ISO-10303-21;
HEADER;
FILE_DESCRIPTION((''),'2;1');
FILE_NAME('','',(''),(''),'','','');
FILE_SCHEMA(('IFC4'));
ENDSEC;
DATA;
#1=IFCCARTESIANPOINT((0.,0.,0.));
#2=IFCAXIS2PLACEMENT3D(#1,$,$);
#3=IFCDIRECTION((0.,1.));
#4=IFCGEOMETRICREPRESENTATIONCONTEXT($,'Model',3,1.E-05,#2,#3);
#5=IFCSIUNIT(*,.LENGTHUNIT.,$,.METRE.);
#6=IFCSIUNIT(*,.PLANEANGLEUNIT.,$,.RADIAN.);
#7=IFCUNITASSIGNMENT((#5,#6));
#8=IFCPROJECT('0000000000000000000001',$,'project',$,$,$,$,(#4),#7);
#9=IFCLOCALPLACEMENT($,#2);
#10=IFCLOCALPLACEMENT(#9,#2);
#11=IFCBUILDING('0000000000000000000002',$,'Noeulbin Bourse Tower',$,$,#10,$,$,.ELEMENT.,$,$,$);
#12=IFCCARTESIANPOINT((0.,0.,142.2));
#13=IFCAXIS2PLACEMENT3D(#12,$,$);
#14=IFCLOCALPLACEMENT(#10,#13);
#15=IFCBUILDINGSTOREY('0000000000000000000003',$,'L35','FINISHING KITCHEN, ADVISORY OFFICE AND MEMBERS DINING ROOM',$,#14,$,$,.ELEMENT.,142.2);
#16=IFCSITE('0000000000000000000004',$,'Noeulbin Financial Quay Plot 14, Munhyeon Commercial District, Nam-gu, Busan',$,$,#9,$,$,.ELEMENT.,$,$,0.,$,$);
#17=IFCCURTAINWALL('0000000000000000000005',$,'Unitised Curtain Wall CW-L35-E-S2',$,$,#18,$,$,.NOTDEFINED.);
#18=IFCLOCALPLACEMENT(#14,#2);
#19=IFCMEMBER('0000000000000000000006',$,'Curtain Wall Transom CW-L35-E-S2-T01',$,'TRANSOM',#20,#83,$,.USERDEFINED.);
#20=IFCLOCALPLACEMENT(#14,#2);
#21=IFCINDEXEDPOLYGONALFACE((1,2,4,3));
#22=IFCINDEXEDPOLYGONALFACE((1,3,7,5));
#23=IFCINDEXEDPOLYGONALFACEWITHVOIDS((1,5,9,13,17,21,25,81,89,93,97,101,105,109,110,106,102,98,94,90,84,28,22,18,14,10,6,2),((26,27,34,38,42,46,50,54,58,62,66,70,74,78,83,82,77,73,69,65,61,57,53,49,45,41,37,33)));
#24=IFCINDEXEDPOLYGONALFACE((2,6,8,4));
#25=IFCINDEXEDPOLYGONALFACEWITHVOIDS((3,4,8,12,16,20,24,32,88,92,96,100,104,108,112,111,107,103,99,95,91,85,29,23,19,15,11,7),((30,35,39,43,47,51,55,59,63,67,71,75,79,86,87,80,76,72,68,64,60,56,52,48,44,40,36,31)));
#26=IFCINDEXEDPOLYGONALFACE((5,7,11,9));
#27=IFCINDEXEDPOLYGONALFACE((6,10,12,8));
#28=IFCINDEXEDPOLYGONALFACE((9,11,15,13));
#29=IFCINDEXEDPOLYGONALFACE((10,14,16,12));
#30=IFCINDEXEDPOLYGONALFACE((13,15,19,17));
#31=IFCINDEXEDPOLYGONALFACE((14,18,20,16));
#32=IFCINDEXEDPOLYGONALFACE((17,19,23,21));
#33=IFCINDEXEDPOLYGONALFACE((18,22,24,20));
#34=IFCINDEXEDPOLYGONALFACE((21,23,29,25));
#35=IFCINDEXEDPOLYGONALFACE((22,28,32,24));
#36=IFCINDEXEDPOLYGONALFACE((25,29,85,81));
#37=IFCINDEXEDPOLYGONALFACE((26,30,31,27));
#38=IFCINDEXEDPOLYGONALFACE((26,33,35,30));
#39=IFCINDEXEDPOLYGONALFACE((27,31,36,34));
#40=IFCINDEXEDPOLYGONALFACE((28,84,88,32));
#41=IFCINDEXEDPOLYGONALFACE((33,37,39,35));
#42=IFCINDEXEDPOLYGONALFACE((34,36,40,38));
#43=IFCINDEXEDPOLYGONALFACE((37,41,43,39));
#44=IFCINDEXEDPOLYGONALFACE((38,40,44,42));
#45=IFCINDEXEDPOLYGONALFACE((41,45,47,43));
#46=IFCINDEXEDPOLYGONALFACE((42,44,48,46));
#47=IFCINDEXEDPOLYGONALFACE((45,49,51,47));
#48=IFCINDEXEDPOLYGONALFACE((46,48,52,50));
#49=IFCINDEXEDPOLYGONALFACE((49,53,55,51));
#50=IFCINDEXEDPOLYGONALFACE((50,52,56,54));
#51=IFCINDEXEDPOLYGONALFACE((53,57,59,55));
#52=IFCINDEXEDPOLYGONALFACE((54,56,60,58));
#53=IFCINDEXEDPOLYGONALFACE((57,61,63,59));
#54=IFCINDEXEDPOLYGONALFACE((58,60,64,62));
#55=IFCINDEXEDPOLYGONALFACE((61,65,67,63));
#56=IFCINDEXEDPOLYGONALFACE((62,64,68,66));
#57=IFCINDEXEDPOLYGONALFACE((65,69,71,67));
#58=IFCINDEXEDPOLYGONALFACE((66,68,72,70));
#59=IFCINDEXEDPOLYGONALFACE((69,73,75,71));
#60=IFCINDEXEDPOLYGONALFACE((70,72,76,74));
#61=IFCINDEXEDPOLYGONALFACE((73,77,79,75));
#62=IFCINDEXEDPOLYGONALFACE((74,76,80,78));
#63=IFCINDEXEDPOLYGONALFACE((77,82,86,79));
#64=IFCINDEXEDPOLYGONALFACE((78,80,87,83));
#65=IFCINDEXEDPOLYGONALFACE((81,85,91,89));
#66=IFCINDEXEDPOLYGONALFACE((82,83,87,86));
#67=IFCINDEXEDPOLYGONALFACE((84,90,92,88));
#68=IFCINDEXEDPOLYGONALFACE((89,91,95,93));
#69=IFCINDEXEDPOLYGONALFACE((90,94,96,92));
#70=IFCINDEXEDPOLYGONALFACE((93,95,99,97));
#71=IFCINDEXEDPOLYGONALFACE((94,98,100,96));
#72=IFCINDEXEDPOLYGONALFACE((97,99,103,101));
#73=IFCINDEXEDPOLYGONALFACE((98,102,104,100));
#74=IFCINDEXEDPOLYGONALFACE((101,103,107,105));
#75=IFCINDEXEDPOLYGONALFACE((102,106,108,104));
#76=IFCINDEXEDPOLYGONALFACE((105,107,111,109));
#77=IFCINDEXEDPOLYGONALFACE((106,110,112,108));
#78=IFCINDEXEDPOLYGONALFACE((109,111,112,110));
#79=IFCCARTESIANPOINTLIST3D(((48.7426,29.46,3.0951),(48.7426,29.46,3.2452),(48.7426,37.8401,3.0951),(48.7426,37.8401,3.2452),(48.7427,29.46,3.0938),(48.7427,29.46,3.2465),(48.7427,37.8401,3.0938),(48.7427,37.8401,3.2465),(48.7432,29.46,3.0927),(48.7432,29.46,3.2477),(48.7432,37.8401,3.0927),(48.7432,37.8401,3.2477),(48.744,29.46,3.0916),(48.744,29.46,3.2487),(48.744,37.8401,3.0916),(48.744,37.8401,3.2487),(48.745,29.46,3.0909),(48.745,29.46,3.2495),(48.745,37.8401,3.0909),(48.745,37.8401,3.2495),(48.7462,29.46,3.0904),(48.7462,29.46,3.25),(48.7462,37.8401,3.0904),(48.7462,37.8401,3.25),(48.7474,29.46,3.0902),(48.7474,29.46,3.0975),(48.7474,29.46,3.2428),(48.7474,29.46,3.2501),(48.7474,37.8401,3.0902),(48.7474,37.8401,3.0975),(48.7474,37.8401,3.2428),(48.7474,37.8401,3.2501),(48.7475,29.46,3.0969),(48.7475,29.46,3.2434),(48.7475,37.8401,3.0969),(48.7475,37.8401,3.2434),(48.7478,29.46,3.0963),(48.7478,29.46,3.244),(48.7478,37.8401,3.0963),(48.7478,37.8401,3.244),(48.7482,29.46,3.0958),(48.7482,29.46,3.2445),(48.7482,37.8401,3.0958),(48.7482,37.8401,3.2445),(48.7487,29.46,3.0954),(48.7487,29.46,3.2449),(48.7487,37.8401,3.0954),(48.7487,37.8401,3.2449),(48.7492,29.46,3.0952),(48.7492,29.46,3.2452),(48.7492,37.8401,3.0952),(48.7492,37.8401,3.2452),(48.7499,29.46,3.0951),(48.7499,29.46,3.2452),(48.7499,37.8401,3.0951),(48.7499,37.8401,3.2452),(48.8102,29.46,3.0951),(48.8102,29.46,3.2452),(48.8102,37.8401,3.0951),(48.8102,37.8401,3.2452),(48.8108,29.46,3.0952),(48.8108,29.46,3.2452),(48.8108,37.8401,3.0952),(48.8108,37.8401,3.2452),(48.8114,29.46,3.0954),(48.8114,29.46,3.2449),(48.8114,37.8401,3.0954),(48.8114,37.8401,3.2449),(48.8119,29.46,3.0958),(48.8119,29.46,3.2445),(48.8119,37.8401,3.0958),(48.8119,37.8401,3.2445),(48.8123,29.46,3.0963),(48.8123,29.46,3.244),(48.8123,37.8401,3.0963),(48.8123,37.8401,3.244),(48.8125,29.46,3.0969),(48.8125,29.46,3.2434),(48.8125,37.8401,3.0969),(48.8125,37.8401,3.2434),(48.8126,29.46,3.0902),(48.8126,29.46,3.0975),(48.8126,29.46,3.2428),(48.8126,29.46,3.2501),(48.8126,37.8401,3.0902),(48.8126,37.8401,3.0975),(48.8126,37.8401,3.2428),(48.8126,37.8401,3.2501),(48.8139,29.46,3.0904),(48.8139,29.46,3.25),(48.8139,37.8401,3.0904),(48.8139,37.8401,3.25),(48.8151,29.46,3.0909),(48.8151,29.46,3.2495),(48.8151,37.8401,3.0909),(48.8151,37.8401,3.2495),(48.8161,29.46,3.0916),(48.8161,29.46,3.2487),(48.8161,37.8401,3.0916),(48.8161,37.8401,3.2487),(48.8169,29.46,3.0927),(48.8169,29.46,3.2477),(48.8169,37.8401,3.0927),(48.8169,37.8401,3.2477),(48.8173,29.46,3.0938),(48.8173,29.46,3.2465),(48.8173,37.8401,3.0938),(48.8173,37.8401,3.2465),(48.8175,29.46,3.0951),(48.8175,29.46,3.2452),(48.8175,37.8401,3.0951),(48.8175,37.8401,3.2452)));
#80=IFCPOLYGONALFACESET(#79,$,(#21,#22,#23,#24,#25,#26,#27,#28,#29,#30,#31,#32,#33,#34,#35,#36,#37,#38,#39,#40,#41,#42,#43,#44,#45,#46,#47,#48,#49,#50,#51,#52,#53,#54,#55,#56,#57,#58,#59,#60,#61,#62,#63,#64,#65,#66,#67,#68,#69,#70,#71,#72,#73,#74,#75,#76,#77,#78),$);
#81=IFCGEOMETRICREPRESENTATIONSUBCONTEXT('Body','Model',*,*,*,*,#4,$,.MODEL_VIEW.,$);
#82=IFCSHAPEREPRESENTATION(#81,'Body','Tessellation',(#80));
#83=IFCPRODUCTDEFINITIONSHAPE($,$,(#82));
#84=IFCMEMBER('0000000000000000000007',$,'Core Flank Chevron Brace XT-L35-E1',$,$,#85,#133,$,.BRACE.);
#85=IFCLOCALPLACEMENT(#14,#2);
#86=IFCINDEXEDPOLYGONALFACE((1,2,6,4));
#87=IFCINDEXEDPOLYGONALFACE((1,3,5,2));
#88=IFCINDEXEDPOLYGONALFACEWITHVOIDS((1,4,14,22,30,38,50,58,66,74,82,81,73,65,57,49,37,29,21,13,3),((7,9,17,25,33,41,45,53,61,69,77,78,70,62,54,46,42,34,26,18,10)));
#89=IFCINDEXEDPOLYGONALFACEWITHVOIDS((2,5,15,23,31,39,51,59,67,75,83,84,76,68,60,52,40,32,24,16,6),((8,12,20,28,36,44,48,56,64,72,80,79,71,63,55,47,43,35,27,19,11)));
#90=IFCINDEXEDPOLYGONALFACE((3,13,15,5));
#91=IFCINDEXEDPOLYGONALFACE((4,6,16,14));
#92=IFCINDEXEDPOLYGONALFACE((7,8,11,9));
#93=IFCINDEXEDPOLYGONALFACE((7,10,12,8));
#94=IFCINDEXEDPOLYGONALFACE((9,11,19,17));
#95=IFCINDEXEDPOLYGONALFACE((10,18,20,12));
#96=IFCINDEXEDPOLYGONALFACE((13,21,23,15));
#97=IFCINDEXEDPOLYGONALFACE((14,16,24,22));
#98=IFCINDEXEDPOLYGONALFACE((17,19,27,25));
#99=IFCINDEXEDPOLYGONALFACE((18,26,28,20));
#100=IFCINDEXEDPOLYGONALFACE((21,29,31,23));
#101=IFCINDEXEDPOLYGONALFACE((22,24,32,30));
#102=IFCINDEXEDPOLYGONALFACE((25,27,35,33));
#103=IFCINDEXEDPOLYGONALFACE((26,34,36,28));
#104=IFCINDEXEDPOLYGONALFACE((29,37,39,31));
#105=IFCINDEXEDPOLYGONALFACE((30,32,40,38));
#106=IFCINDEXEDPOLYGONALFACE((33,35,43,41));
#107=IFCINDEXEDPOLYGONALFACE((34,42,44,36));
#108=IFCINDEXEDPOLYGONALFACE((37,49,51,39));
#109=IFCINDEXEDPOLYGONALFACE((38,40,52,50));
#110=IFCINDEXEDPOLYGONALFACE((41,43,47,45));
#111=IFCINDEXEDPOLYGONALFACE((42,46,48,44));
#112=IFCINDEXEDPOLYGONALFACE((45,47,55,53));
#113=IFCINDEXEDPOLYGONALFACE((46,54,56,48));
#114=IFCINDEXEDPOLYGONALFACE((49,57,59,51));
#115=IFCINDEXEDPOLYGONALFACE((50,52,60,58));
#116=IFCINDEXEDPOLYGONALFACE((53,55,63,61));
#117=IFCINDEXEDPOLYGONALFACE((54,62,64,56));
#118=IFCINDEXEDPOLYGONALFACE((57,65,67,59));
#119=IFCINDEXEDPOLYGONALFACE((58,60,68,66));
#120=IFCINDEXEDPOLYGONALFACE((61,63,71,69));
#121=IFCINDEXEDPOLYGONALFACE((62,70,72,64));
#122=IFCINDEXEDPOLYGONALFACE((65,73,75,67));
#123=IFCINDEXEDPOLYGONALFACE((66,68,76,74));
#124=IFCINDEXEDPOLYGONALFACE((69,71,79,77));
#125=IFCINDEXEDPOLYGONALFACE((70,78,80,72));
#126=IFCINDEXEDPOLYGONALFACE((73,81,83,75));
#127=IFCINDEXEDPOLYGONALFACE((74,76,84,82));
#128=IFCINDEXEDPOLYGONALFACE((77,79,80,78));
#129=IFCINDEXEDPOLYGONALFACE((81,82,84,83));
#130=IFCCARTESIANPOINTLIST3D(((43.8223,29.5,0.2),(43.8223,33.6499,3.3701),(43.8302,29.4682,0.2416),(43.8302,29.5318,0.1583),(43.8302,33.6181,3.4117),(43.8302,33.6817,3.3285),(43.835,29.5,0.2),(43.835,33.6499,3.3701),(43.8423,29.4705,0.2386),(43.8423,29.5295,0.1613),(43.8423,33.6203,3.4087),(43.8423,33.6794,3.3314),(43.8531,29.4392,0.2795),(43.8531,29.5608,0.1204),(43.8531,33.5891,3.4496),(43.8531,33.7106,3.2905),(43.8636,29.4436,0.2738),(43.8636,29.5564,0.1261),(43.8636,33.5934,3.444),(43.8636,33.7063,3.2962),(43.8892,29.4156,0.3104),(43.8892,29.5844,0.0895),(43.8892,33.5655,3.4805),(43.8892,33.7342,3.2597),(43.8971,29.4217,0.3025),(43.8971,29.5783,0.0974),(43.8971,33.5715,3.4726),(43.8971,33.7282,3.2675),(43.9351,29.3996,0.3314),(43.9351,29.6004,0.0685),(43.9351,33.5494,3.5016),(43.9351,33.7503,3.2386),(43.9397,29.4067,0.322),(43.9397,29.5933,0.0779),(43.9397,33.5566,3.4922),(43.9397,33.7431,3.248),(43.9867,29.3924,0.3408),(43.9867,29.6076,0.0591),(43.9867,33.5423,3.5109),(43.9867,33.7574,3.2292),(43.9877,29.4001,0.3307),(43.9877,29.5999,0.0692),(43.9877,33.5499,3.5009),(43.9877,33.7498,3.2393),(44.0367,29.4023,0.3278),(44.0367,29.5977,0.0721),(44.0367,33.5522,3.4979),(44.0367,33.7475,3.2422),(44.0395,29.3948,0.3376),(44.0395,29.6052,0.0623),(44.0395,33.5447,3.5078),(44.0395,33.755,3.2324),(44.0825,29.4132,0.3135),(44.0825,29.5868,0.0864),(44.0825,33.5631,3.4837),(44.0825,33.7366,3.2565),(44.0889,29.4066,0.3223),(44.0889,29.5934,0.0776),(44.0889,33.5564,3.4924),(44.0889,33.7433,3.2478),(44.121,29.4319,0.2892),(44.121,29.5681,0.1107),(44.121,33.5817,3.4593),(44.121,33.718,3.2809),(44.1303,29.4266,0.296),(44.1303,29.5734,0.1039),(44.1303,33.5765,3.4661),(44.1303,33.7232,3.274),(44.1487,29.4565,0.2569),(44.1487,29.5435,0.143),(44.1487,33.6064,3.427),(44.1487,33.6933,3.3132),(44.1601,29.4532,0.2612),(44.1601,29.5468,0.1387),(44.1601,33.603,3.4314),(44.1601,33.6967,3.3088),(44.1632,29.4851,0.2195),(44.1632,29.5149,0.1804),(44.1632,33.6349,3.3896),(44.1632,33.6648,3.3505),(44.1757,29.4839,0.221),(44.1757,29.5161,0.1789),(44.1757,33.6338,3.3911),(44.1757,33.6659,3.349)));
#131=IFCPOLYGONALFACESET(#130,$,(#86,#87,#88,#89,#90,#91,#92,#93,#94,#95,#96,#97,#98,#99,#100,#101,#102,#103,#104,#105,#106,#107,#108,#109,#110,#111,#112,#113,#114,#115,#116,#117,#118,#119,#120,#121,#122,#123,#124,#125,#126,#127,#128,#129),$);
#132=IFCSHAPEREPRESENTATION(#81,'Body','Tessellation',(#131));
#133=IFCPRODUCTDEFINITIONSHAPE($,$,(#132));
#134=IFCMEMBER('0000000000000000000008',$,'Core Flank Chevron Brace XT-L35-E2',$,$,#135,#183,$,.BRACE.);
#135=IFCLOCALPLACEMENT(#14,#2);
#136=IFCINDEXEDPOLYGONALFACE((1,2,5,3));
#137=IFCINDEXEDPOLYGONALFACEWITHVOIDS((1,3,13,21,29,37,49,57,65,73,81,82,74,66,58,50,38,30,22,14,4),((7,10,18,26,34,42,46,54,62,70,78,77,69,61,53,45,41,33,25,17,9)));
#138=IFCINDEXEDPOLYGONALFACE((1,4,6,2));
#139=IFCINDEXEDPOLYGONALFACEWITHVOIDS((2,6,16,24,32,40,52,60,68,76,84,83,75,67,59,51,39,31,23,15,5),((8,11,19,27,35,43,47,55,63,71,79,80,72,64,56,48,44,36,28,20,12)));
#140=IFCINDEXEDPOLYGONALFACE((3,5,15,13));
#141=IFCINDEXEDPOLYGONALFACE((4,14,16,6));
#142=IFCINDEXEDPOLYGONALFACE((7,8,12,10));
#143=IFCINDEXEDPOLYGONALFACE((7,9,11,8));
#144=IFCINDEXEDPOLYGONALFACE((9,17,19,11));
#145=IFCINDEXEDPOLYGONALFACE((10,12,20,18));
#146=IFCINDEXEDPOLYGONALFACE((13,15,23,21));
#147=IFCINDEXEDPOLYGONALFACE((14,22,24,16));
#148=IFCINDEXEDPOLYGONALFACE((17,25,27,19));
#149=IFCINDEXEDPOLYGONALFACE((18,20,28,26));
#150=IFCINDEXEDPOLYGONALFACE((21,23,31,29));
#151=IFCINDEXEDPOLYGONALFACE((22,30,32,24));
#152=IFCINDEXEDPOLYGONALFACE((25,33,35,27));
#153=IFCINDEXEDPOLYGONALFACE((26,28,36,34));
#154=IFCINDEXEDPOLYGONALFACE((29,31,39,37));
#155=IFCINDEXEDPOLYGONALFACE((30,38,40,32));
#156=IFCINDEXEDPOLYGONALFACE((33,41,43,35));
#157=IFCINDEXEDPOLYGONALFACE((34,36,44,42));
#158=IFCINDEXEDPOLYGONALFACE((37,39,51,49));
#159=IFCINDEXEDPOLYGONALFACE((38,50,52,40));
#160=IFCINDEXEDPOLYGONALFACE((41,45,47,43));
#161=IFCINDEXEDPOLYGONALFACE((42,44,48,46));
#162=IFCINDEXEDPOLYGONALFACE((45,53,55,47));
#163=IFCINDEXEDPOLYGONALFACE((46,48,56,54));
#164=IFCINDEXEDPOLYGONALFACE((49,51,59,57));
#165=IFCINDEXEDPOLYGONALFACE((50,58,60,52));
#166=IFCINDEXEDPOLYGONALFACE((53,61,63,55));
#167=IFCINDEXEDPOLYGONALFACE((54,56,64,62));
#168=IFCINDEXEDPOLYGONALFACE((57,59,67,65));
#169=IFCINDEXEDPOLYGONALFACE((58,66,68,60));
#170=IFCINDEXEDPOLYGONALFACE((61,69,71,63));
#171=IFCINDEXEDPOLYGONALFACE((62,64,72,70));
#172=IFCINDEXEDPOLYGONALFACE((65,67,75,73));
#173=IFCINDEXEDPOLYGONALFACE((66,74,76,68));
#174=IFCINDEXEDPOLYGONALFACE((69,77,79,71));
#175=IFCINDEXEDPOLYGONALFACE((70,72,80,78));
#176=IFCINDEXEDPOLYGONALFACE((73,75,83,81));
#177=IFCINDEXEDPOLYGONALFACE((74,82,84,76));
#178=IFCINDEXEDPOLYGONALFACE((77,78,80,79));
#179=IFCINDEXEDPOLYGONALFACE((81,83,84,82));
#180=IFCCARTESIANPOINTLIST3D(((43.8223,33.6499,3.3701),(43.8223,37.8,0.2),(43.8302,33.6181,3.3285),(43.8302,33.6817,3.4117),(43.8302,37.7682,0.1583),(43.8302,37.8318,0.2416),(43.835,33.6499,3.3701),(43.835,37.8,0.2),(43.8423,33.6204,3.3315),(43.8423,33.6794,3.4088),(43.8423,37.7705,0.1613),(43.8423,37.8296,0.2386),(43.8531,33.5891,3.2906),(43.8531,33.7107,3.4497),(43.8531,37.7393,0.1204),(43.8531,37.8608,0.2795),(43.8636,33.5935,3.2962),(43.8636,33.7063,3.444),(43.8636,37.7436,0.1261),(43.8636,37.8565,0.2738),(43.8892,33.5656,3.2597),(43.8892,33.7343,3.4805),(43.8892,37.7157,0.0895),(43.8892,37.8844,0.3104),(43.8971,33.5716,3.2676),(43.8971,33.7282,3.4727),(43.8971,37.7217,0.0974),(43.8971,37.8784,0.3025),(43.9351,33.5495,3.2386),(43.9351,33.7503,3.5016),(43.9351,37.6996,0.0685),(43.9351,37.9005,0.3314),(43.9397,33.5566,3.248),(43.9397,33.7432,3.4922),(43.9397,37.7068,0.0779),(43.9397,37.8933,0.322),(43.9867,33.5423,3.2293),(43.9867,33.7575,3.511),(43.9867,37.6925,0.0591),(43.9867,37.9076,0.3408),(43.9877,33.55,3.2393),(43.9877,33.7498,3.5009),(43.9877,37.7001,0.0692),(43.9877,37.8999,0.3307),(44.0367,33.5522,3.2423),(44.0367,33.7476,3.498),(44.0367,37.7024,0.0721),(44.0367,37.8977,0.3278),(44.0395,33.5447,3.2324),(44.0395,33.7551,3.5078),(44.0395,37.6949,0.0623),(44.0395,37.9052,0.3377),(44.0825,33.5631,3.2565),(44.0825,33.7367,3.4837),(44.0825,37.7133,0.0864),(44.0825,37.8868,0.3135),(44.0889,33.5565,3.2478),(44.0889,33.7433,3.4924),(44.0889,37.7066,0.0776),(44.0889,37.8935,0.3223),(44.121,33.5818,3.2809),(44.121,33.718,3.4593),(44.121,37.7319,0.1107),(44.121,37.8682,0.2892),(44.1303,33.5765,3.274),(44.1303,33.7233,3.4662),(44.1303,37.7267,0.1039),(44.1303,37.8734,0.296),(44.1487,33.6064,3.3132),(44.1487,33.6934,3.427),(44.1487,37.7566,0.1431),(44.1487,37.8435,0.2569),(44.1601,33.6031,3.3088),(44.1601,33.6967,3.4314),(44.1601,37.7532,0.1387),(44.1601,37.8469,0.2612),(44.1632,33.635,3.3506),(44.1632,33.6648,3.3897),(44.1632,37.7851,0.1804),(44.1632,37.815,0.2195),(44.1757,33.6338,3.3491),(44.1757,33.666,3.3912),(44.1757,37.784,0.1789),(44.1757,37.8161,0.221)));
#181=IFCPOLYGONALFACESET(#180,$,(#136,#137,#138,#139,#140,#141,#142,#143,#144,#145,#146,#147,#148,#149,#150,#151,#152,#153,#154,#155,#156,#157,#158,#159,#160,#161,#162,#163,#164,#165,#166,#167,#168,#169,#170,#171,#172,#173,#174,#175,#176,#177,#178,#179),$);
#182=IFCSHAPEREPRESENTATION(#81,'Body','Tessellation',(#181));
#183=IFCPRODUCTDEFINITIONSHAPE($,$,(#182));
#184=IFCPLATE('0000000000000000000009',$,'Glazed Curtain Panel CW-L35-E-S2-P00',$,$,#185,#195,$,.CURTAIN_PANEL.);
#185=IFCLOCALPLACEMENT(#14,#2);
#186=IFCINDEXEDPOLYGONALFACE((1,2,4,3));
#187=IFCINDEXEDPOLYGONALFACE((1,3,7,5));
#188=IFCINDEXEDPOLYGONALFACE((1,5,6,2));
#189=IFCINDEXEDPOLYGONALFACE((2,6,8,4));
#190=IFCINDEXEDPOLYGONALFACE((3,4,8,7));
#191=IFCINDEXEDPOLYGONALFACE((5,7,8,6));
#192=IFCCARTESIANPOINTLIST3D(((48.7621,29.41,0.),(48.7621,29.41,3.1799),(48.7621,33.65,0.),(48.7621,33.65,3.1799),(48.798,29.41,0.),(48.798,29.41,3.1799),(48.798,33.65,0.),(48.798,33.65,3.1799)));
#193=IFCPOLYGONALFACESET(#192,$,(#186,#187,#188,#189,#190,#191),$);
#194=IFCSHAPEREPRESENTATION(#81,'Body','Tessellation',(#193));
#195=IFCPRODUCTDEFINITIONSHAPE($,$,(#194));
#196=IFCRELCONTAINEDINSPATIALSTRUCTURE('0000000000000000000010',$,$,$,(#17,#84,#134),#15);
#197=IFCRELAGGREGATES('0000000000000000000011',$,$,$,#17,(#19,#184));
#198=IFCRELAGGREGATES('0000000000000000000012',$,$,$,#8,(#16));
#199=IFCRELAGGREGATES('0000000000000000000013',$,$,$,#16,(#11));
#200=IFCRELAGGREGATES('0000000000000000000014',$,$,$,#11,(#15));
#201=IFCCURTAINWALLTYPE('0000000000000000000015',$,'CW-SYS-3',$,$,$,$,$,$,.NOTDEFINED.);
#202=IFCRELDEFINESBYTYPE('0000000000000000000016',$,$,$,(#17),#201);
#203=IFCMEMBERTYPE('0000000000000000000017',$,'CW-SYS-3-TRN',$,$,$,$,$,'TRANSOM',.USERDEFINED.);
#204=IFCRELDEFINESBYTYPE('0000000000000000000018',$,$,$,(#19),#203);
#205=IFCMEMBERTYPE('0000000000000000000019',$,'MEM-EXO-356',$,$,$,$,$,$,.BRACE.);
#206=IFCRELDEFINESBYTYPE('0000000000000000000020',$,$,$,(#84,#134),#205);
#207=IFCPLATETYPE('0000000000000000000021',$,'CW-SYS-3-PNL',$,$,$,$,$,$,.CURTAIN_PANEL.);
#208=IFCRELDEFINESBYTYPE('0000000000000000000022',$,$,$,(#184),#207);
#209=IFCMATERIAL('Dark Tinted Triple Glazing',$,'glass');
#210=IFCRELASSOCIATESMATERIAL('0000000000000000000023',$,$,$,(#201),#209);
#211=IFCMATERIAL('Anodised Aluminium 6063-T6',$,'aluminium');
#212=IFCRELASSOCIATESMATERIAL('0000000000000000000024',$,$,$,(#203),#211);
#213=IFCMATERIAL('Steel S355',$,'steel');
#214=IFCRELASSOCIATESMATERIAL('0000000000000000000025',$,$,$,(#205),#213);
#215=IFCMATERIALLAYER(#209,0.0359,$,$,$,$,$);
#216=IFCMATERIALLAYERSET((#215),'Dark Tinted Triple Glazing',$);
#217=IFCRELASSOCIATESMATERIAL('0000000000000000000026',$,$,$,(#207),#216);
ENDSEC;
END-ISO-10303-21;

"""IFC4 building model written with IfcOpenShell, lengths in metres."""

from ifc_helpers import new_model, si_unit, direction, frame, origin, origin_2d, place, context, subcontext, project, spatial, rectangle, hollow_rectangle, hollow_circle, extrude, material, layer, layer_set, material_profile, profile_set, type_object, element, aggregate, save


model = new_model("IFC4")

# Units and contexts
model_context = context("Model", 3, precision=1e-05, world=origin(), true_north=direction((0.0, 1.0)))
body_context = subcontext(model_context, "Body", "Model", "MODEL_VIEW")
ifc_project = project(units=[si_unit("LENGTHUNIT", "METRE"), si_unit("PLANEANGLEUNIT", "RADIAN")], contexts=[model_context])

# Site, building, storey
site_placement = place(None, origin())
site = spatial("IfcSite", under=ifc_project, at=site_placement, Name="Noeulbin Financial Quay Plot 14, Munhyeon Commercial District, Nam-gu, Busan", CompositionType="ELEMENT", RefElevation=0.0)
building_placement = place(site_placement, origin())
building = spatial("IfcBuilding", under=site, at=building_placement, Name="Noeulbin Bourse Tower", CompositionType="ELEMENT")
storey_placement = place(building_placement, frame((0.0, 0.0, 142.2)))
storey = spatial("IfcBuildingStorey", under=building, at=storey_placement, Name="L35", Description="FINISHING KITCHEN, ADVISORY OFFICE AND MEMBERS DINING ROOM", CompositionType="ELEMENT", Elevation=142.2)

# Shared definitions
ifc_material_1 = material(Name="Steel S355", Category="steel")

# Curtain wall, member
ifc_material_2 = material(Name="Dark Tinted Triple Glazing", Category="glass")
curtain_wall_type = type_object("IfcCurtainWallType", Name="CW-SYS-3", PredefinedType="NOTDEFINED", material=ifc_material_2)
curtain_wall_placement = place(storey_placement, origin())
curtain_wall = element("IfcCurtainWall", 1, at=curtain_wall_placement, inside=storey, type_object=curtain_wall_type, Name="Unitised Curtain Wall CW-L35-E-S2", PredefinedType="NOTDEFINED")
ifc_material_3 = material(Name="Anodised Aluminium 6063-T6", Category="aluminium")
ifc_material_profile_1 = material_profile(ifc_material_3, hollow_rectangle(XDim=0.075, YDim=0.1599, WallThickness=0.0049, InnerFilletRadius=0.0024, OuterFilletRadius=0.0049, at=origin_2d()), Name="ALU-TRAN-75x160x5", Category="LoadBearing")
ifc_profile_set_1 = profile_set([ifc_material_profile_1], Name="Anodised Aluminium 6063-T6")
member_type_1 = type_object("IfcMemberType", Name="CW-SYS-3-TRN", ElementType="TRANSOM", PredefinedType="USERDEFINED", material=ifc_profile_set_1)
member_1_placement = place(storey_placement, frame((48.78, 29.46, 3.1702), z_axis=(0.0, 1.0, 0.0), x_axis=(-1.0, 0.0, 0.0)))
member_1 = element("IfcMember", 2, at=member_1_placement, type_object=member_type_1, Name="Curtain Wall Transom CW-L35-E-S2-T01", ObjectType="TRANSOM", PredefinedType="USERDEFINED", context=body_context, shape_type="SweptSolid", body=[
    extrude(hollow_rectangle(XDim=0.075, YDim=0.1599, WallThickness=0.0049, InnerFilletRadius=0.0024, OuterFilletRadius=0.0049, at=origin_2d()), origin(), (0.0, 0.0, 1.0), 8.3801),
])

# Members
ifc_material_profile_2 = material_profile(ifc_material_1, hollow_circle(Radius=0.1777, WallThickness=0.0127, at=origin_2d()), Name="CHS-355.6x12.7", Category="LoadBearing")
ifc_profile_set_2 = profile_set([ifc_material_profile_2], Name="Steel S355")
member_type_2 = type_object("IfcMemberType", Name="MEM-EXO-356", PredefinedType="BRACE", material=ifc_profile_set_2)
member_2_placement = place(storey_placement, frame((44.0, 29.5, 0.2), z_axis=(0.0, 0.794662, 0.607053), x_axis=(-1.0, 0.0, 0.0)))
element("IfcMember", 3, at=member_2_placement, inside=storey, type_object=member_type_2, Name="Core Flank Chevron Brace XT-L35-E1", PredefinedType="BRACE", context=body_context, shape_type="SweptSolid", body=[
    extrude(hollow_circle(Radius=0.1777, WallThickness=0.0127, at=origin_2d()), origin(), (0.0, 0.0, 1.0), 5.2222),
])
member_3_placement = place(storey_placement, frame((44.0, 33.6499, 3.3701), z_axis=(0.0, 0.794679, -0.60703), x_axis=(-1.0, 0.0, 0.0)))
element("IfcMember", 4, at=member_3_placement, inside=storey, type_object=member_type_2, Name="Core Flank Chevron Brace XT-L35-E2", PredefinedType="BRACE", context=body_context, shape_type="SweptSolid", body=[
    extrude(hollow_circle(Radius=0.1777, WallThickness=0.0127, at=origin_2d()), origin(), (0.0, 0.0, 1.0), 5.2224),
])

# Plate
ifc_layer_1 = layer(ifc_material_2, 0.0359)
ifc_layer_set_1 = layer_set([ifc_layer_1], Name="Dark Tinted Triple Glazing")
plate_type_1 = type_object("IfcPlateType", Name="CW-SYS-3-PNL", PredefinedType="CURTAIN_PANEL", material=ifc_layer_set_1)
plate_1_placement = place(storey_placement, frame((48.78, 31.53, 0.0), z_axis=(0.0, 0.0, 1.0), x_axis=(0.0, 1.0, 0.0)))
plate_1 = element("IfcPlate", 5, at=plate_1_placement, type_object=plate_type_1, Name="Glazed Curtain Panel CW-L35-E-S2-P00", PredefinedType="CURTAIN_PANEL", context=body_context, shape_type="SweptSolid", body=[
    extrude(rectangle(XDim=4.24, YDim=0.0359, at=origin_2d()), origin(), (0.0, 0.0, 1.0), 3.1799),
])
aggregate(curtain_wall, [member_1, plate_1])

save(model, "model.ifc")
